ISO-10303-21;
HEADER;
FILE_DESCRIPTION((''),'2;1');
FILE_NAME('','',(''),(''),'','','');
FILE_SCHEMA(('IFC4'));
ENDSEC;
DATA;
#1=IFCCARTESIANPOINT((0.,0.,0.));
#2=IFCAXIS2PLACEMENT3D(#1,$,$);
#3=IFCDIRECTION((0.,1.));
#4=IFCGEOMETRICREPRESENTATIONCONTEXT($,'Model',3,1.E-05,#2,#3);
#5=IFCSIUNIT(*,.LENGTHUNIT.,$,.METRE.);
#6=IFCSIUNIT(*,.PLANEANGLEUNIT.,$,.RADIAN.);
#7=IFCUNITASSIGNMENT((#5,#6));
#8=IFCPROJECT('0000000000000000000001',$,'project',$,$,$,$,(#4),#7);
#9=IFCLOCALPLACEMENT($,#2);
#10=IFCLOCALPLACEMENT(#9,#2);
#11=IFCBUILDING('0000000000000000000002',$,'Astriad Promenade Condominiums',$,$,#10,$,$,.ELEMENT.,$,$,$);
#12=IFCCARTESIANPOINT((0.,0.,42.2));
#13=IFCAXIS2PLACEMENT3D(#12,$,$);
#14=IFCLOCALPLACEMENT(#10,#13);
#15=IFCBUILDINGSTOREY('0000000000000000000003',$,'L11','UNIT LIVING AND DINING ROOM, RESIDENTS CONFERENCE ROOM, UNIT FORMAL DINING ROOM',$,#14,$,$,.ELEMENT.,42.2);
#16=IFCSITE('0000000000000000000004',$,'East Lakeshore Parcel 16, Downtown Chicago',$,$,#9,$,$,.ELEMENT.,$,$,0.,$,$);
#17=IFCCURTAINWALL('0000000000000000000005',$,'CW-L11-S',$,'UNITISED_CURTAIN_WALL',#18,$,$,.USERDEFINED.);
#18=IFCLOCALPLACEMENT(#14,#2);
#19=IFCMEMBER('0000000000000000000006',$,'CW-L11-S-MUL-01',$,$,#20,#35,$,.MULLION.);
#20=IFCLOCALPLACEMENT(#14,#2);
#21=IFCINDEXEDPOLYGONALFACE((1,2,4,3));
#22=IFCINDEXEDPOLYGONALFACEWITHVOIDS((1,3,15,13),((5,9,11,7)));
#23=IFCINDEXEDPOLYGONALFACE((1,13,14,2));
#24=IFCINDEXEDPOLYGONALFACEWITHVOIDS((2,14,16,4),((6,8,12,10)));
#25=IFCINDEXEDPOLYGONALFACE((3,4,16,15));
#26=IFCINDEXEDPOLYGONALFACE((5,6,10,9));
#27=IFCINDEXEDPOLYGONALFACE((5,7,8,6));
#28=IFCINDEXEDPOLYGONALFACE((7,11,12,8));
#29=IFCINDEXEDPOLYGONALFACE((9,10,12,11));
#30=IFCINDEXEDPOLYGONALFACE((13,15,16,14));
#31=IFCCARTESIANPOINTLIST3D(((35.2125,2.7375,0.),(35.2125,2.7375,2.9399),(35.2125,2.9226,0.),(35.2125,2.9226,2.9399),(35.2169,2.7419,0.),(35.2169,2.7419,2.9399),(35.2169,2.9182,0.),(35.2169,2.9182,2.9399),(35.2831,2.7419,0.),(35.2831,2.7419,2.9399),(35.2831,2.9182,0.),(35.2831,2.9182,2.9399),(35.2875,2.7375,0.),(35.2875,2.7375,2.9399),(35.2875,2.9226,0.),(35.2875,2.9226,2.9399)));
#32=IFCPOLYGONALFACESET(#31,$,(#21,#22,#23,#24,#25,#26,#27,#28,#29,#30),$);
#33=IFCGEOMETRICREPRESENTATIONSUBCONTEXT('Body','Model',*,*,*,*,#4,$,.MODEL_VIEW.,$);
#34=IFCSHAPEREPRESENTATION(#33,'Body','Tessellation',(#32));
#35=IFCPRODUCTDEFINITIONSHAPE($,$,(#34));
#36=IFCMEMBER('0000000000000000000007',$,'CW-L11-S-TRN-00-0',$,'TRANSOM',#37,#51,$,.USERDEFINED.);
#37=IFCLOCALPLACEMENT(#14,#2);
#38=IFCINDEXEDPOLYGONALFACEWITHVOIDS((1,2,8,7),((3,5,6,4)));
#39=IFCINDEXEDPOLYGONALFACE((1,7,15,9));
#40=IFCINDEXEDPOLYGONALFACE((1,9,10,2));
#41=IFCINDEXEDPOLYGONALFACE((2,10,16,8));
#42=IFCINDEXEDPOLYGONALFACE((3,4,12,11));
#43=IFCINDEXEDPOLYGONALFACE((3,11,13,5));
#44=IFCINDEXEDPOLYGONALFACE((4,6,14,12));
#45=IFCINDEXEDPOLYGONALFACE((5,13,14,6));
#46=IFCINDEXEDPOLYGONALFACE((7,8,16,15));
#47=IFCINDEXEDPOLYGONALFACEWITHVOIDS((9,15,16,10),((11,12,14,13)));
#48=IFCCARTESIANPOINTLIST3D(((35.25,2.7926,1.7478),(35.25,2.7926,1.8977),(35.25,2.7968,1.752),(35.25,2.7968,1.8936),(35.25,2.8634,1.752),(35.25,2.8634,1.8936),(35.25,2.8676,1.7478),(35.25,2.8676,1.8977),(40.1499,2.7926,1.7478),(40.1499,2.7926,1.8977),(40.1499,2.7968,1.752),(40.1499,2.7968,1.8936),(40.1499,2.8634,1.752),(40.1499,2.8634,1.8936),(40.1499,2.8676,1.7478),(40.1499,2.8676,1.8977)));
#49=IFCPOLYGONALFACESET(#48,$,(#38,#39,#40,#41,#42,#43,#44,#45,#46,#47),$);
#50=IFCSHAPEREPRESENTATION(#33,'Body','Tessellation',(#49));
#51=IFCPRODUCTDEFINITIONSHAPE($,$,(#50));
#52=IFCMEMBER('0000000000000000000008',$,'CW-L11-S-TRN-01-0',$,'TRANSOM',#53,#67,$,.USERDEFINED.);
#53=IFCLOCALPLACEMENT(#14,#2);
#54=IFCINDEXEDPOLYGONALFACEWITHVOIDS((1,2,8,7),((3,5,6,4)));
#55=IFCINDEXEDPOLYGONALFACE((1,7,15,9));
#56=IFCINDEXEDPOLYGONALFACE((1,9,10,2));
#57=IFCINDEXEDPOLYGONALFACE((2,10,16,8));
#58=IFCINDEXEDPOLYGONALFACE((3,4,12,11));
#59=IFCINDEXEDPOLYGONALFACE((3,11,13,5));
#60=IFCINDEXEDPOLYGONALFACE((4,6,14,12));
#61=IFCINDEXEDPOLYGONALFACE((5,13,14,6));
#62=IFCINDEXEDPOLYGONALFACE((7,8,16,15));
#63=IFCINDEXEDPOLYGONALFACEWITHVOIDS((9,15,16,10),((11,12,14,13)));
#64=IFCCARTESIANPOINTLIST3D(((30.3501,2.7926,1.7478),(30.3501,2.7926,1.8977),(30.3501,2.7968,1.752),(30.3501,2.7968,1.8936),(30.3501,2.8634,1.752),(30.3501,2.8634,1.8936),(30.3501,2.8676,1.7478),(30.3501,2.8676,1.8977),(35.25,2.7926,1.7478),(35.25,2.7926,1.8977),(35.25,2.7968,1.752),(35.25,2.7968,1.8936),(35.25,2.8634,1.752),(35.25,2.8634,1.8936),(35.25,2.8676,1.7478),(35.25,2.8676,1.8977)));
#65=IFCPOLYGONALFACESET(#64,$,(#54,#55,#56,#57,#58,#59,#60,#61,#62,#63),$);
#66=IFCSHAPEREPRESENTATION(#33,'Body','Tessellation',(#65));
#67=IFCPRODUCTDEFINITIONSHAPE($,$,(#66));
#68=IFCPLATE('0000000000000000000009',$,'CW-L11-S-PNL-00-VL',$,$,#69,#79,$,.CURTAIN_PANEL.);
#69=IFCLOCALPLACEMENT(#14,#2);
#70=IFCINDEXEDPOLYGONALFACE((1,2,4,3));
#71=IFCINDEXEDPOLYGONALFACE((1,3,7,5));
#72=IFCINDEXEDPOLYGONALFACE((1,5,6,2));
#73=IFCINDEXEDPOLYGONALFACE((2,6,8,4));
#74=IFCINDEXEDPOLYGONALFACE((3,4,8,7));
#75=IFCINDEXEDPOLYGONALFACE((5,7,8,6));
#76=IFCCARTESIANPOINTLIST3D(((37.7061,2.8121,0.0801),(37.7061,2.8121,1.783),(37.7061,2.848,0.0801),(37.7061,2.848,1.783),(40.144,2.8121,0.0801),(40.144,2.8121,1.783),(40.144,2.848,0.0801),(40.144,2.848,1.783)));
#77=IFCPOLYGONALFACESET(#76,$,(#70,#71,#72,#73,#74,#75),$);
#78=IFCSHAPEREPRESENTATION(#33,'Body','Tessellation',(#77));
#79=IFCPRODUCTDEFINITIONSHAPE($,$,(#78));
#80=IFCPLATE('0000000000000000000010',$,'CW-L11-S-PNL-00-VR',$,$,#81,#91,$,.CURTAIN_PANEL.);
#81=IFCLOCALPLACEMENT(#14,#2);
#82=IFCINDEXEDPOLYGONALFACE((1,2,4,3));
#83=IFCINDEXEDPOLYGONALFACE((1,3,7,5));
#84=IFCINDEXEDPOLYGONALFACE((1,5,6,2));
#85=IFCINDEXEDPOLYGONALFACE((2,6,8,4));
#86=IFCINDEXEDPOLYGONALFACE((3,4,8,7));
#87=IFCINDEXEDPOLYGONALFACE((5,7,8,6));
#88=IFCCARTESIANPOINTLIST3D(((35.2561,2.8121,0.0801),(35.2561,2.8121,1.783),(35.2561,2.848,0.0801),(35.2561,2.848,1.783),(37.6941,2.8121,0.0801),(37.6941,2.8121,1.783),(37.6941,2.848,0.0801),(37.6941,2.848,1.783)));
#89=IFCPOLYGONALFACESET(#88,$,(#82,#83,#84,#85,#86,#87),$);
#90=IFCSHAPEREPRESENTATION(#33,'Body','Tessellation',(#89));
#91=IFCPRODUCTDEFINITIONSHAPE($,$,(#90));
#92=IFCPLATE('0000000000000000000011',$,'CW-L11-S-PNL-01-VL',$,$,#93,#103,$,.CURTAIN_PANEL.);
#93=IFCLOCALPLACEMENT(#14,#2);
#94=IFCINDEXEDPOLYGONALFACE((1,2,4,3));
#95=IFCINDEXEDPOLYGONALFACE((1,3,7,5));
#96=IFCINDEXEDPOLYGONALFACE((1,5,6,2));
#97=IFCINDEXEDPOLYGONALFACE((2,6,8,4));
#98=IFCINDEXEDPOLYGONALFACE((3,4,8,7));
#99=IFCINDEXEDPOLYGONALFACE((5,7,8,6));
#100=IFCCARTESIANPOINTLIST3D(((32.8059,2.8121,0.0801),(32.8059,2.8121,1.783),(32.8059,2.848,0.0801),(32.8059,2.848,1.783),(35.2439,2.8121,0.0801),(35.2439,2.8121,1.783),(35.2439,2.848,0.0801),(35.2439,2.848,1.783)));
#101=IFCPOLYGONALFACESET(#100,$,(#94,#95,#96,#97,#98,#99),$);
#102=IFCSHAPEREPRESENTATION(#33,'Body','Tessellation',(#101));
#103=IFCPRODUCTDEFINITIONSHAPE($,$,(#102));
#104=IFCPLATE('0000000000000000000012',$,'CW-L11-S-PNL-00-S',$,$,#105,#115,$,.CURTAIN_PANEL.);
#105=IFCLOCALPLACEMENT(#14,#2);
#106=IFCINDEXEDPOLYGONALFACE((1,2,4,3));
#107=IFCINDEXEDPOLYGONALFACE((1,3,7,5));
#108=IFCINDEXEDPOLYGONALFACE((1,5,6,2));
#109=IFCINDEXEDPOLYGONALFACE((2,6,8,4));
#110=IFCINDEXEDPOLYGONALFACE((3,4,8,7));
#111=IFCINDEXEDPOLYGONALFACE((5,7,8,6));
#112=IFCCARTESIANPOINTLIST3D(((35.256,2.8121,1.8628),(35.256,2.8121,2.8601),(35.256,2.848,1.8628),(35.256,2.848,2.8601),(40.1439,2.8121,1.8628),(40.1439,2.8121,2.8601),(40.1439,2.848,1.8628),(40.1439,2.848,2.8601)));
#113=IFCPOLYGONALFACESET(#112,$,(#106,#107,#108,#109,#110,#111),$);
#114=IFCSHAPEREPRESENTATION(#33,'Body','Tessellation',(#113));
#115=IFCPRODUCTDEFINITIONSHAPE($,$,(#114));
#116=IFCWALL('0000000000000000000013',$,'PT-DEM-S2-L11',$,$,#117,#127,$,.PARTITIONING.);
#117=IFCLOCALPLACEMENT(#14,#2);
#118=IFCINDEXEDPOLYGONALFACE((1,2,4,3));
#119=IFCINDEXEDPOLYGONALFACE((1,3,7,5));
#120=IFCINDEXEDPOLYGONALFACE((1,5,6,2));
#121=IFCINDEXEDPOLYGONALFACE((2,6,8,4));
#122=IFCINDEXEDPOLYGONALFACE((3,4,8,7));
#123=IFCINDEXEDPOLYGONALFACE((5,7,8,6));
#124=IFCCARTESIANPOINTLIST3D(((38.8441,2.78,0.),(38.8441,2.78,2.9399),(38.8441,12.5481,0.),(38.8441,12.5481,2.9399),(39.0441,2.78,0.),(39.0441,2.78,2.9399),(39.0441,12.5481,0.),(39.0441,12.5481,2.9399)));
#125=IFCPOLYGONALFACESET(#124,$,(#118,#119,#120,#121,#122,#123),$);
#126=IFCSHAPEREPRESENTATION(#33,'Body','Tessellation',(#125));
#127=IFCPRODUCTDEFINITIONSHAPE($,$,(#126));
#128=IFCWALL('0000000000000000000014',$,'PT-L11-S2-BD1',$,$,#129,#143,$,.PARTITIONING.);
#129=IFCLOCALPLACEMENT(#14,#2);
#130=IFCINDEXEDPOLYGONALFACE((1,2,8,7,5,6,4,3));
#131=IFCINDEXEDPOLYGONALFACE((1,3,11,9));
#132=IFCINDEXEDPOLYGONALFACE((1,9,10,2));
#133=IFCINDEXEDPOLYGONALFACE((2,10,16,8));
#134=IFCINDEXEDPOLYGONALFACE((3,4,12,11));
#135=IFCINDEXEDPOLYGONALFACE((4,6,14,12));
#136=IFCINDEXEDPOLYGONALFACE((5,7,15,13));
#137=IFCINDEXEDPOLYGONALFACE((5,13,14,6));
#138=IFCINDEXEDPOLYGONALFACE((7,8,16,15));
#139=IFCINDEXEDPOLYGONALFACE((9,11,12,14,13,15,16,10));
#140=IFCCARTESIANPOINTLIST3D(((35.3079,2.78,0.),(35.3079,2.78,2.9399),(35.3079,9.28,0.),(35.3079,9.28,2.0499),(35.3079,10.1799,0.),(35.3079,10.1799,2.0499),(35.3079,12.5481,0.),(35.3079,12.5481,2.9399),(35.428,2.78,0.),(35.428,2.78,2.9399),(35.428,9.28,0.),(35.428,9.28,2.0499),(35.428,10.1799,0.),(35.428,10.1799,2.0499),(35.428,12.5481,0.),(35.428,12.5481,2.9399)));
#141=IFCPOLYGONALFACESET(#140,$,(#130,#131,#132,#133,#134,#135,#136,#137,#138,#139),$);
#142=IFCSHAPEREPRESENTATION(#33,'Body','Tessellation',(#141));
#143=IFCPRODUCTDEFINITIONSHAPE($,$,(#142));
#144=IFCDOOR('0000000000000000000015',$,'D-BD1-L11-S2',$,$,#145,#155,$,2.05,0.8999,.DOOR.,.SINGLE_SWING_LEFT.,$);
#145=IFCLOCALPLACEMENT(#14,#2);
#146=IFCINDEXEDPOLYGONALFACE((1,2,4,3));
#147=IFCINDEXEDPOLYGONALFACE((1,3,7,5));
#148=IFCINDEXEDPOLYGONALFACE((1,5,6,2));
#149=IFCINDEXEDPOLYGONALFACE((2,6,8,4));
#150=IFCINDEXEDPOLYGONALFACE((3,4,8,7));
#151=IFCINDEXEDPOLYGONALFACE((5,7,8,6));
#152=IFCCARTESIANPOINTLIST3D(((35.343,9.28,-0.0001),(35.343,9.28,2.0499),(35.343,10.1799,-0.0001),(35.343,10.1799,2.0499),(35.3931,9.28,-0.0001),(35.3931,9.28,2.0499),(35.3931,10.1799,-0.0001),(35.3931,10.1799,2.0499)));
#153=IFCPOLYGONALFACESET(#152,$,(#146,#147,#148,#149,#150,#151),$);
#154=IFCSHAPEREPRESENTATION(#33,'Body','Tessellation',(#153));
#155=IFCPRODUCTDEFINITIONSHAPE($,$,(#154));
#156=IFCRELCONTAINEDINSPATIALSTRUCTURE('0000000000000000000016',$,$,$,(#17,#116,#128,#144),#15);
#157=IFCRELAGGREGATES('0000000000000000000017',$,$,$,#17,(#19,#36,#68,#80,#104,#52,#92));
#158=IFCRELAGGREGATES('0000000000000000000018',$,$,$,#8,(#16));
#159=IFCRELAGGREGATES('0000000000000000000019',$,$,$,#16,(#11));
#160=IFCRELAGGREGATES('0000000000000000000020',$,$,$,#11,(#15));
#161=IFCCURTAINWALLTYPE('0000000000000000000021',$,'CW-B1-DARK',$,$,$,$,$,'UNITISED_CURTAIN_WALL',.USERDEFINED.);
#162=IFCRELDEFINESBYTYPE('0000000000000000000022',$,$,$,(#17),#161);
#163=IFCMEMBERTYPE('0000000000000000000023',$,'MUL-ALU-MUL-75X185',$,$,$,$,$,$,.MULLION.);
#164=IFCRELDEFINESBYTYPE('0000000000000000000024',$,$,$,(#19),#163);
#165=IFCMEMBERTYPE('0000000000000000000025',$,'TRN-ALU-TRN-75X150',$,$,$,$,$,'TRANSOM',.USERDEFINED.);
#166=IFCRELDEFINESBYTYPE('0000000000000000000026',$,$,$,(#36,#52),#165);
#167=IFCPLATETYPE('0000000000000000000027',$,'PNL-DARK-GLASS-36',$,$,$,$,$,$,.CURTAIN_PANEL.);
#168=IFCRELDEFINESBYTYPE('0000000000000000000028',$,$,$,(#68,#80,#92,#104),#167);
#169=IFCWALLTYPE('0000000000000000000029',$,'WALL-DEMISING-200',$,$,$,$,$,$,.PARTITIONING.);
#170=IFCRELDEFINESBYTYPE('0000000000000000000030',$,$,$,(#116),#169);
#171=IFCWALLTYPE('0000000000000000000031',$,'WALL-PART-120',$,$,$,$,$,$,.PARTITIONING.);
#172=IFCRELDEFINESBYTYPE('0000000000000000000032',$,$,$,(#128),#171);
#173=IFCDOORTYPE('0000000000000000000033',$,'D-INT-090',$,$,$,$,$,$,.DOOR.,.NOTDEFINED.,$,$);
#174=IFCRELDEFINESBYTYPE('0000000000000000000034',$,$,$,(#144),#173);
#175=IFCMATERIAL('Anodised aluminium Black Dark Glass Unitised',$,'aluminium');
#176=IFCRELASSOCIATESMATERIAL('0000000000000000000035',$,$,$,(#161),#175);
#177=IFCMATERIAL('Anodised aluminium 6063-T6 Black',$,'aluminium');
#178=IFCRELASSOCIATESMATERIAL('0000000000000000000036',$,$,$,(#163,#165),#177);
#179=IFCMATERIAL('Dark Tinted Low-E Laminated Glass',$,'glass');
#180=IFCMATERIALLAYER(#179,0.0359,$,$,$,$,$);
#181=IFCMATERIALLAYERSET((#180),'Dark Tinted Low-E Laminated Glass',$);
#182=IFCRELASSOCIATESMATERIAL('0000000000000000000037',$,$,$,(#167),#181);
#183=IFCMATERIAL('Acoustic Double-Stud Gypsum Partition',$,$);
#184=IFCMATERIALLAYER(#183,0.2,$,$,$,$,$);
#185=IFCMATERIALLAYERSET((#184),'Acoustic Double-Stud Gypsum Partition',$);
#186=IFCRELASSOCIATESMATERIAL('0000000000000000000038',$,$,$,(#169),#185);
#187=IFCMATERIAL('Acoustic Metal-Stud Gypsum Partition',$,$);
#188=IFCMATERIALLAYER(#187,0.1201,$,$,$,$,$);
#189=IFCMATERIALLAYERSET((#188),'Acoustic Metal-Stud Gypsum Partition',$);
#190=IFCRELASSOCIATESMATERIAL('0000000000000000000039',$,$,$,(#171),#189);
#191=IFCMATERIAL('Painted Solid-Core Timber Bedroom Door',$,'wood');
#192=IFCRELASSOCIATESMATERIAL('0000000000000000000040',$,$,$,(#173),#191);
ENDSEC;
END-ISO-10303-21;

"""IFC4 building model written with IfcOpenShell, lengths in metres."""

from ifc_helpers import new_model, si_unit, direction, frame, frame_2d, origin, origin_2d, place, context, subcontext, project, spatial, rectangle, hollow_rectangle, extrude, source, transform, mapped, material, layer, layer_set, material_profile, profile_set, type_object, type_shapes, element, fill, aggregate, save


model = new_model("IFC4")

# Units and contexts
model_context = context("Model", 3, precision=1e-05, world=origin(), true_north=direction((0.0, 1.0)))
body_context = subcontext(model_context, "Body", "Model", "MODEL_VIEW")
ifc_project = project(units=[si_unit("LENGTHUNIT", "METRE"), si_unit("PLANEANGLEUNIT", "RADIAN")], contexts=[model_context])

# Site, building, storey
site_placement = place(None, origin())
site = spatial("IfcSite", under=ifc_project, at=site_placement, Name="East Lakeshore Parcel 16, Downtown Chicago", CompositionType="ELEMENT", RefElevation=0.0)
building_placement = place(site_placement, origin())
building = spatial("IfcBuilding", under=site, at=building_placement, Name="Astriad Promenade Condominiums", CompositionType="ELEMENT")
storey_placement = place(building_placement, frame((0.0, 0.0, 42.2)))
storey = spatial("IfcBuildingStorey", under=building, at=storey_placement, Name="L11", Description="UNIT LIVING AND DINING ROOM, RESIDENTS CONFERENCE ROOM, UNIT FORMAL DINING ROOM", CompositionType="ELEMENT", Elevation=42.2)

# Curtain wall, members, plates
ifc_material_1 = material(Name="Anodised aluminium Black Dark Glass Unitised", Category="aluminium")
curtain_wall_type = type_object("IfcCurtainWallType", Name="CW-B1-DARK", ElementType="UNITISED_CURTAIN_WALL", PredefinedType="USERDEFINED", material=ifc_material_1)
curtain_wall_placement = place(storey_placement, origin())
curtain_wall = element("IfcCurtainWall", 1, at=curtain_wall_placement, inside=storey, type_object=curtain_wall_type, Name="CW-L11-S", ObjectType="UNITISED_CURTAIN_WALL", PredefinedType="USERDEFINED")
ifc_material_2 = material(Name="Anodised aluminium 6063-T6 Black", Category="aluminium")
ifc_material_profile_1 = material_profile(ifc_material_2, hollow_rectangle(XDim=0.075, YDim=0.1851, WallThickness=0.0044, at=origin_2d()), Name="ALU-MUL-75X185")
ifc_profile_set_1 = profile_set([ifc_material_profile_1], Name="Anodised aluminium 6063-T6 Black")
member_type_1 = type_object("IfcMemberType", Name="MUL-ALU-MUL-75X185", PredefinedType="MULLION", material=ifc_profile_set_1)
shared_shape_1 = source(origin(), body_context, "Body", "SweptSolid", [
    extrude(hollow_rectangle(XDim=0.075, YDim=0.1851, WallThickness=0.0044, at=origin_2d()), origin(), (0.0, 0.0, 1.0), 2.9399),
])
type_shapes(member_type_1, [shared_shape_1])
member_1_placement = place(storey_placement, frame((35.25, 2.8301, 0.0), z_axis=(0.0, 0.0, 1.0), x_axis=(1.0, 0.0, 0.0)))
member_1 = element("IfcMember", 2, at=member_1_placement, type_object=member_type_1, Name="CW-L11-S-MUL-01", PredefinedType="MULLION", context=body_context, shape_type="MappedRepresentation", body=[
    mapped(shared_shape_1, transform((0.0, 0.0, 0.0), scale=1.0)),
])
ifc_material_profile_2 = material_profile(ifc_material_2, hollow_rectangle(XDim=0.075, YDim=0.1499, WallThickness=0.0042, at=origin_2d()), Name="ALU-TRN-75X150")
ifc_profile_set_2 = profile_set([ifc_material_profile_2], Name="Anodised aluminium 6063-T6 Black")
member_type_2 = type_object("IfcMemberType", Name="TRN-ALU-TRN-75X150", ElementType="TRANSOM", PredefinedType="USERDEFINED", material=ifc_profile_set_2)
shared_shape_2 = source(origin(), body_context, "Body", "SweptSolid", [
    extrude(hollow_rectangle(XDim=0.075, YDim=0.1499, WallThickness=0.0042, at=origin_2d()), origin(), (0.0, 0.0, 1.0), 4.8999),
])
type_shapes(member_type_2, [shared_shape_2])
member_2_placement = place(storey_placement, frame((40.1499, 2.8301, 1.8228), z_axis=(-1.0, 0.0, 0.0), x_axis=(0.0, -1.0, 0.0)))
member_2 = element("IfcMember", 3, at=member_2_placement, type_object=member_type_2, Name="CW-L11-S-TRN-00-0", ObjectType="TRANSOM", PredefinedType="USERDEFINED", context=body_context, shape_type="MappedRepresentation", body=[
    mapped(shared_shape_2, transform((0.0, 0.0, 0.0), scale=1.0)),
])
member_3_placement = place(storey_placement, frame((35.25, 2.8301, 1.8228), z_axis=(-1.0, 0.0, 0.0), x_axis=(0.0, -1.0, 0.0)))
member_3 = element("IfcMember", 4, at=member_3_placement, type_object=member_type_2, Name="CW-L11-S-TRN-01-0", ObjectType="TRANSOM", PredefinedType="USERDEFINED", context=body_context, shape_type="MappedRepresentation", body=[
    mapped(shared_shape_2, transform((0.0, 0.0, 0.0), scale=1.0)),
])
ifc_material_3 = material(Name="Dark Tinted Low-E Laminated Glass", Category="glass")
ifc_layer_1 = layer(ifc_material_3, 0.0359)
ifc_layer_set_1 = layer_set([ifc_layer_1], Name="Dark Tinted Low-E Laminated Glass")
plate_type = type_object("IfcPlateType", Name="PNL-DARK-GLASS-36", PredefinedType="CURTAIN_PANEL", material=ifc_layer_set_1)
shared_shape_3 = source(origin(), body_context, "Body", "SweptSolid", [
    extrude(rectangle(XDim=2.438, YDim=0.0359, at=origin_2d()), origin(), (0.0, 0.0, 1.0), 1.7029),
])
plate_1_placement = place(storey_placement, frame((38.925, 2.8301, 0.0801), z_axis=(0.0, 0.0, 1.0), x_axis=(-1.0, 0.0, 0.0)))
plate_1 = element("IfcPlate", 5, at=plate_1_placement, type_object=plate_type, Name="CW-L11-S-PNL-00-VL", PredefinedType="CURTAIN_PANEL", context=body_context, shape_type="MappedRepresentation", body=[
    mapped(shared_shape_3, transform((0.0, 0.0, 0.0), scale=1.0)),
])
plate_2_placement = place(storey_placement, frame((36.4751, 2.8301, 0.0801), z_axis=(0.0, 0.0, 1.0), x_axis=(-1.0, 0.0, 0.0)))
plate_2 = element("IfcPlate", 6, at=plate_2_placement, type_object=plate_type, Name="CW-L11-S-PNL-00-VR", PredefinedType="CURTAIN_PANEL", context=body_context, shape_type="MappedRepresentation", body=[
    mapped(shared_shape_3, transform((0.0, 0.0, 0.0), scale=1.0)),
])
plate_3_placement = place(storey_placement, frame((34.0249, 2.8301, 0.0801), z_axis=(0.0, 0.0, 1.0), x_axis=(-1.0, 0.0, 0.0)))
plate_3 = element("IfcPlate", 7, at=plate_3_placement, type_object=plate_type, Name="CW-L11-S-PNL-01-VL", PredefinedType="CURTAIN_PANEL", context=body_context, shape_type="MappedRepresentation", body=[
    mapped(shared_shape_3, transform((0.0, 0.0, 0.0), scale=1.0)),
])
shared_shape_4 = source(origin(), body_context, "Body", "SweptSolid", [
    extrude(rectangle(XDim=4.8879, YDim=0.0359, at=origin_2d()), origin(), (0.0, 0.0, 1.0), 0.9973),
])
type_shapes(plate_type, [shared_shape_3, shared_shape_4])
plate_4_placement = place(storey_placement, frame((37.7, 2.8301, 1.8628), z_axis=(0.0, 0.0, 1.0), x_axis=(-1.0, 0.0, 0.0)))
plate_4 = element("IfcPlate", 8, at=plate_4_placement, type_object=plate_type, Name="CW-L11-S-PNL-00-S", PredefinedType="CURTAIN_PANEL", context=body_context, shape_type="MappedRepresentation", body=[
    mapped(shared_shape_4, transform((0.0, 0.0, 0.0), scale=1.0)),
])
aggregate(curtain_wall, [member_1, member_2, plate_1, plate_2, plate_4, member_3, plate_3])

# Wall
ifc_material_4 = material(Name="Acoustic Double-Stud Gypsum Partition")
ifc_layer_2 = layer(ifc_material_4, 0.2)
ifc_layer_set_2 = layer_set([ifc_layer_2], Name="Acoustic Double-Stud Gypsum Partition")
wall_type_1 = type_object("IfcWallType", Name="WALL-DEMISING-200", PredefinedType="PARTITIONING", material=ifc_layer_set_2)
wall_1_placement = place(storey_placement, frame((38.9441, 2.78, 0.0), z_axis=(0.0, 0.0, 1.0), x_axis=(0.0, 1.0, 0.0)))
element("IfcWall", 9, at=wall_1_placement, inside=storey, type_object=wall_type_1, Name="PT-DEM-S2-L11", PredefinedType="PARTITIONING", context=body_context, shape_type="SweptSolid", body=[
    extrude(rectangle(XDim=9.7681, YDim=0.2, at=frame_2d((4.884, 0.0))), origin(), (0.0, 0.0, 1.0), 2.9399),
])

# Wall, opening, door
ifc_material_5 = material(Name="Acoustic Metal-Stud Gypsum Partition")
ifc_layer_3 = layer(ifc_material_5, 0.1201)
ifc_layer_set_3 = layer_set([ifc_layer_3], Name="Acoustic Metal-Stud Gypsum Partition")
wall_type_2 = type_object("IfcWallType", Name="WALL-PART-120", PredefinedType="PARTITIONING", material=ifc_layer_set_3)
wall_2_placement = place(storey_placement, frame((35.3679, 2.78, 0.0), z_axis=(0.0, 0.0, 1.0), x_axis=(0.0, 1.0, 0.0)))
wall_2 = element("IfcWall", 10, at=wall_2_placement, inside=storey, type_object=wall_type_2, Name="PT-L11-S2-BD1", PredefinedType="PARTITIONING", context=body_context, shape_type="SweptSolid", body=[
    extrude(rectangle(XDim=9.7681, YDim=0.1201, at=frame_2d((4.884, 0.0))), origin(), (0.0, 0.0, 1.0), 2.9399),
])
opening_1_placement = place(wall_2_placement, frame((6.5, 0.0, 0.0)))
opening_1 = element("IfcOpeningElement", 11, at=opening_1_placement, cuts=wall_2, PredefinedType="OPENING", context=body_context, shape_type="SweptSolid", body=[
    extrude(rectangle(XDim=0.8999, YDim=2.05, at=frame_2d((0.45, 1.0249))), frame((0.0, 0.0701, 0.0), z_axis=(0.0, -1.0, 0.0), x_axis=(1.0, 0.0, 0.0)), (0.0, 0.0, 1.0), 0.1401),
])
ifc_material_6 = material(Name="Painted Solid-Core Timber Bedroom Door", Category="wood")
door_type_1 = type_object("IfcDoorType", Name="D-INT-090", OperationType="NOTDEFINED", PredefinedType="DOOR", material=ifc_material_6)
shared_shape_5 = source(origin(), body_context, "Body", "SweptSolid", [
    extrude(rectangle(XDim=0.8999, YDim=2.05, at=frame_2d((0.45, 1.0249))), frame((0.0, 0.0249, 0.0), z_axis=(0.0, -1.0, 0.0), x_axis=(1.0, 0.0, 0.0)), (0.0, 0.0, 1.0), 0.05),
])
type_shapes(door_type_1, [shared_shape_5])
door_1_placement = place(opening_1_placement, origin())
door_1 = element("IfcDoor", 12, at=door_1_placement, inside=storey, type_object=door_type_1, Name="D-BD1-L11-S2", OperationType="SINGLE_SWING_LEFT", OverallHeight=2.05, OverallWidth=0.8999, PredefinedType="DOOR", context=body_context, shape_type="MappedRepresentation", body=[
    mapped(shared_shape_5, transform((0.0, 0.0, 0.0), scale=1.0)),
])
fill(opening_1, door_1)

save(model, "model.ifc")
